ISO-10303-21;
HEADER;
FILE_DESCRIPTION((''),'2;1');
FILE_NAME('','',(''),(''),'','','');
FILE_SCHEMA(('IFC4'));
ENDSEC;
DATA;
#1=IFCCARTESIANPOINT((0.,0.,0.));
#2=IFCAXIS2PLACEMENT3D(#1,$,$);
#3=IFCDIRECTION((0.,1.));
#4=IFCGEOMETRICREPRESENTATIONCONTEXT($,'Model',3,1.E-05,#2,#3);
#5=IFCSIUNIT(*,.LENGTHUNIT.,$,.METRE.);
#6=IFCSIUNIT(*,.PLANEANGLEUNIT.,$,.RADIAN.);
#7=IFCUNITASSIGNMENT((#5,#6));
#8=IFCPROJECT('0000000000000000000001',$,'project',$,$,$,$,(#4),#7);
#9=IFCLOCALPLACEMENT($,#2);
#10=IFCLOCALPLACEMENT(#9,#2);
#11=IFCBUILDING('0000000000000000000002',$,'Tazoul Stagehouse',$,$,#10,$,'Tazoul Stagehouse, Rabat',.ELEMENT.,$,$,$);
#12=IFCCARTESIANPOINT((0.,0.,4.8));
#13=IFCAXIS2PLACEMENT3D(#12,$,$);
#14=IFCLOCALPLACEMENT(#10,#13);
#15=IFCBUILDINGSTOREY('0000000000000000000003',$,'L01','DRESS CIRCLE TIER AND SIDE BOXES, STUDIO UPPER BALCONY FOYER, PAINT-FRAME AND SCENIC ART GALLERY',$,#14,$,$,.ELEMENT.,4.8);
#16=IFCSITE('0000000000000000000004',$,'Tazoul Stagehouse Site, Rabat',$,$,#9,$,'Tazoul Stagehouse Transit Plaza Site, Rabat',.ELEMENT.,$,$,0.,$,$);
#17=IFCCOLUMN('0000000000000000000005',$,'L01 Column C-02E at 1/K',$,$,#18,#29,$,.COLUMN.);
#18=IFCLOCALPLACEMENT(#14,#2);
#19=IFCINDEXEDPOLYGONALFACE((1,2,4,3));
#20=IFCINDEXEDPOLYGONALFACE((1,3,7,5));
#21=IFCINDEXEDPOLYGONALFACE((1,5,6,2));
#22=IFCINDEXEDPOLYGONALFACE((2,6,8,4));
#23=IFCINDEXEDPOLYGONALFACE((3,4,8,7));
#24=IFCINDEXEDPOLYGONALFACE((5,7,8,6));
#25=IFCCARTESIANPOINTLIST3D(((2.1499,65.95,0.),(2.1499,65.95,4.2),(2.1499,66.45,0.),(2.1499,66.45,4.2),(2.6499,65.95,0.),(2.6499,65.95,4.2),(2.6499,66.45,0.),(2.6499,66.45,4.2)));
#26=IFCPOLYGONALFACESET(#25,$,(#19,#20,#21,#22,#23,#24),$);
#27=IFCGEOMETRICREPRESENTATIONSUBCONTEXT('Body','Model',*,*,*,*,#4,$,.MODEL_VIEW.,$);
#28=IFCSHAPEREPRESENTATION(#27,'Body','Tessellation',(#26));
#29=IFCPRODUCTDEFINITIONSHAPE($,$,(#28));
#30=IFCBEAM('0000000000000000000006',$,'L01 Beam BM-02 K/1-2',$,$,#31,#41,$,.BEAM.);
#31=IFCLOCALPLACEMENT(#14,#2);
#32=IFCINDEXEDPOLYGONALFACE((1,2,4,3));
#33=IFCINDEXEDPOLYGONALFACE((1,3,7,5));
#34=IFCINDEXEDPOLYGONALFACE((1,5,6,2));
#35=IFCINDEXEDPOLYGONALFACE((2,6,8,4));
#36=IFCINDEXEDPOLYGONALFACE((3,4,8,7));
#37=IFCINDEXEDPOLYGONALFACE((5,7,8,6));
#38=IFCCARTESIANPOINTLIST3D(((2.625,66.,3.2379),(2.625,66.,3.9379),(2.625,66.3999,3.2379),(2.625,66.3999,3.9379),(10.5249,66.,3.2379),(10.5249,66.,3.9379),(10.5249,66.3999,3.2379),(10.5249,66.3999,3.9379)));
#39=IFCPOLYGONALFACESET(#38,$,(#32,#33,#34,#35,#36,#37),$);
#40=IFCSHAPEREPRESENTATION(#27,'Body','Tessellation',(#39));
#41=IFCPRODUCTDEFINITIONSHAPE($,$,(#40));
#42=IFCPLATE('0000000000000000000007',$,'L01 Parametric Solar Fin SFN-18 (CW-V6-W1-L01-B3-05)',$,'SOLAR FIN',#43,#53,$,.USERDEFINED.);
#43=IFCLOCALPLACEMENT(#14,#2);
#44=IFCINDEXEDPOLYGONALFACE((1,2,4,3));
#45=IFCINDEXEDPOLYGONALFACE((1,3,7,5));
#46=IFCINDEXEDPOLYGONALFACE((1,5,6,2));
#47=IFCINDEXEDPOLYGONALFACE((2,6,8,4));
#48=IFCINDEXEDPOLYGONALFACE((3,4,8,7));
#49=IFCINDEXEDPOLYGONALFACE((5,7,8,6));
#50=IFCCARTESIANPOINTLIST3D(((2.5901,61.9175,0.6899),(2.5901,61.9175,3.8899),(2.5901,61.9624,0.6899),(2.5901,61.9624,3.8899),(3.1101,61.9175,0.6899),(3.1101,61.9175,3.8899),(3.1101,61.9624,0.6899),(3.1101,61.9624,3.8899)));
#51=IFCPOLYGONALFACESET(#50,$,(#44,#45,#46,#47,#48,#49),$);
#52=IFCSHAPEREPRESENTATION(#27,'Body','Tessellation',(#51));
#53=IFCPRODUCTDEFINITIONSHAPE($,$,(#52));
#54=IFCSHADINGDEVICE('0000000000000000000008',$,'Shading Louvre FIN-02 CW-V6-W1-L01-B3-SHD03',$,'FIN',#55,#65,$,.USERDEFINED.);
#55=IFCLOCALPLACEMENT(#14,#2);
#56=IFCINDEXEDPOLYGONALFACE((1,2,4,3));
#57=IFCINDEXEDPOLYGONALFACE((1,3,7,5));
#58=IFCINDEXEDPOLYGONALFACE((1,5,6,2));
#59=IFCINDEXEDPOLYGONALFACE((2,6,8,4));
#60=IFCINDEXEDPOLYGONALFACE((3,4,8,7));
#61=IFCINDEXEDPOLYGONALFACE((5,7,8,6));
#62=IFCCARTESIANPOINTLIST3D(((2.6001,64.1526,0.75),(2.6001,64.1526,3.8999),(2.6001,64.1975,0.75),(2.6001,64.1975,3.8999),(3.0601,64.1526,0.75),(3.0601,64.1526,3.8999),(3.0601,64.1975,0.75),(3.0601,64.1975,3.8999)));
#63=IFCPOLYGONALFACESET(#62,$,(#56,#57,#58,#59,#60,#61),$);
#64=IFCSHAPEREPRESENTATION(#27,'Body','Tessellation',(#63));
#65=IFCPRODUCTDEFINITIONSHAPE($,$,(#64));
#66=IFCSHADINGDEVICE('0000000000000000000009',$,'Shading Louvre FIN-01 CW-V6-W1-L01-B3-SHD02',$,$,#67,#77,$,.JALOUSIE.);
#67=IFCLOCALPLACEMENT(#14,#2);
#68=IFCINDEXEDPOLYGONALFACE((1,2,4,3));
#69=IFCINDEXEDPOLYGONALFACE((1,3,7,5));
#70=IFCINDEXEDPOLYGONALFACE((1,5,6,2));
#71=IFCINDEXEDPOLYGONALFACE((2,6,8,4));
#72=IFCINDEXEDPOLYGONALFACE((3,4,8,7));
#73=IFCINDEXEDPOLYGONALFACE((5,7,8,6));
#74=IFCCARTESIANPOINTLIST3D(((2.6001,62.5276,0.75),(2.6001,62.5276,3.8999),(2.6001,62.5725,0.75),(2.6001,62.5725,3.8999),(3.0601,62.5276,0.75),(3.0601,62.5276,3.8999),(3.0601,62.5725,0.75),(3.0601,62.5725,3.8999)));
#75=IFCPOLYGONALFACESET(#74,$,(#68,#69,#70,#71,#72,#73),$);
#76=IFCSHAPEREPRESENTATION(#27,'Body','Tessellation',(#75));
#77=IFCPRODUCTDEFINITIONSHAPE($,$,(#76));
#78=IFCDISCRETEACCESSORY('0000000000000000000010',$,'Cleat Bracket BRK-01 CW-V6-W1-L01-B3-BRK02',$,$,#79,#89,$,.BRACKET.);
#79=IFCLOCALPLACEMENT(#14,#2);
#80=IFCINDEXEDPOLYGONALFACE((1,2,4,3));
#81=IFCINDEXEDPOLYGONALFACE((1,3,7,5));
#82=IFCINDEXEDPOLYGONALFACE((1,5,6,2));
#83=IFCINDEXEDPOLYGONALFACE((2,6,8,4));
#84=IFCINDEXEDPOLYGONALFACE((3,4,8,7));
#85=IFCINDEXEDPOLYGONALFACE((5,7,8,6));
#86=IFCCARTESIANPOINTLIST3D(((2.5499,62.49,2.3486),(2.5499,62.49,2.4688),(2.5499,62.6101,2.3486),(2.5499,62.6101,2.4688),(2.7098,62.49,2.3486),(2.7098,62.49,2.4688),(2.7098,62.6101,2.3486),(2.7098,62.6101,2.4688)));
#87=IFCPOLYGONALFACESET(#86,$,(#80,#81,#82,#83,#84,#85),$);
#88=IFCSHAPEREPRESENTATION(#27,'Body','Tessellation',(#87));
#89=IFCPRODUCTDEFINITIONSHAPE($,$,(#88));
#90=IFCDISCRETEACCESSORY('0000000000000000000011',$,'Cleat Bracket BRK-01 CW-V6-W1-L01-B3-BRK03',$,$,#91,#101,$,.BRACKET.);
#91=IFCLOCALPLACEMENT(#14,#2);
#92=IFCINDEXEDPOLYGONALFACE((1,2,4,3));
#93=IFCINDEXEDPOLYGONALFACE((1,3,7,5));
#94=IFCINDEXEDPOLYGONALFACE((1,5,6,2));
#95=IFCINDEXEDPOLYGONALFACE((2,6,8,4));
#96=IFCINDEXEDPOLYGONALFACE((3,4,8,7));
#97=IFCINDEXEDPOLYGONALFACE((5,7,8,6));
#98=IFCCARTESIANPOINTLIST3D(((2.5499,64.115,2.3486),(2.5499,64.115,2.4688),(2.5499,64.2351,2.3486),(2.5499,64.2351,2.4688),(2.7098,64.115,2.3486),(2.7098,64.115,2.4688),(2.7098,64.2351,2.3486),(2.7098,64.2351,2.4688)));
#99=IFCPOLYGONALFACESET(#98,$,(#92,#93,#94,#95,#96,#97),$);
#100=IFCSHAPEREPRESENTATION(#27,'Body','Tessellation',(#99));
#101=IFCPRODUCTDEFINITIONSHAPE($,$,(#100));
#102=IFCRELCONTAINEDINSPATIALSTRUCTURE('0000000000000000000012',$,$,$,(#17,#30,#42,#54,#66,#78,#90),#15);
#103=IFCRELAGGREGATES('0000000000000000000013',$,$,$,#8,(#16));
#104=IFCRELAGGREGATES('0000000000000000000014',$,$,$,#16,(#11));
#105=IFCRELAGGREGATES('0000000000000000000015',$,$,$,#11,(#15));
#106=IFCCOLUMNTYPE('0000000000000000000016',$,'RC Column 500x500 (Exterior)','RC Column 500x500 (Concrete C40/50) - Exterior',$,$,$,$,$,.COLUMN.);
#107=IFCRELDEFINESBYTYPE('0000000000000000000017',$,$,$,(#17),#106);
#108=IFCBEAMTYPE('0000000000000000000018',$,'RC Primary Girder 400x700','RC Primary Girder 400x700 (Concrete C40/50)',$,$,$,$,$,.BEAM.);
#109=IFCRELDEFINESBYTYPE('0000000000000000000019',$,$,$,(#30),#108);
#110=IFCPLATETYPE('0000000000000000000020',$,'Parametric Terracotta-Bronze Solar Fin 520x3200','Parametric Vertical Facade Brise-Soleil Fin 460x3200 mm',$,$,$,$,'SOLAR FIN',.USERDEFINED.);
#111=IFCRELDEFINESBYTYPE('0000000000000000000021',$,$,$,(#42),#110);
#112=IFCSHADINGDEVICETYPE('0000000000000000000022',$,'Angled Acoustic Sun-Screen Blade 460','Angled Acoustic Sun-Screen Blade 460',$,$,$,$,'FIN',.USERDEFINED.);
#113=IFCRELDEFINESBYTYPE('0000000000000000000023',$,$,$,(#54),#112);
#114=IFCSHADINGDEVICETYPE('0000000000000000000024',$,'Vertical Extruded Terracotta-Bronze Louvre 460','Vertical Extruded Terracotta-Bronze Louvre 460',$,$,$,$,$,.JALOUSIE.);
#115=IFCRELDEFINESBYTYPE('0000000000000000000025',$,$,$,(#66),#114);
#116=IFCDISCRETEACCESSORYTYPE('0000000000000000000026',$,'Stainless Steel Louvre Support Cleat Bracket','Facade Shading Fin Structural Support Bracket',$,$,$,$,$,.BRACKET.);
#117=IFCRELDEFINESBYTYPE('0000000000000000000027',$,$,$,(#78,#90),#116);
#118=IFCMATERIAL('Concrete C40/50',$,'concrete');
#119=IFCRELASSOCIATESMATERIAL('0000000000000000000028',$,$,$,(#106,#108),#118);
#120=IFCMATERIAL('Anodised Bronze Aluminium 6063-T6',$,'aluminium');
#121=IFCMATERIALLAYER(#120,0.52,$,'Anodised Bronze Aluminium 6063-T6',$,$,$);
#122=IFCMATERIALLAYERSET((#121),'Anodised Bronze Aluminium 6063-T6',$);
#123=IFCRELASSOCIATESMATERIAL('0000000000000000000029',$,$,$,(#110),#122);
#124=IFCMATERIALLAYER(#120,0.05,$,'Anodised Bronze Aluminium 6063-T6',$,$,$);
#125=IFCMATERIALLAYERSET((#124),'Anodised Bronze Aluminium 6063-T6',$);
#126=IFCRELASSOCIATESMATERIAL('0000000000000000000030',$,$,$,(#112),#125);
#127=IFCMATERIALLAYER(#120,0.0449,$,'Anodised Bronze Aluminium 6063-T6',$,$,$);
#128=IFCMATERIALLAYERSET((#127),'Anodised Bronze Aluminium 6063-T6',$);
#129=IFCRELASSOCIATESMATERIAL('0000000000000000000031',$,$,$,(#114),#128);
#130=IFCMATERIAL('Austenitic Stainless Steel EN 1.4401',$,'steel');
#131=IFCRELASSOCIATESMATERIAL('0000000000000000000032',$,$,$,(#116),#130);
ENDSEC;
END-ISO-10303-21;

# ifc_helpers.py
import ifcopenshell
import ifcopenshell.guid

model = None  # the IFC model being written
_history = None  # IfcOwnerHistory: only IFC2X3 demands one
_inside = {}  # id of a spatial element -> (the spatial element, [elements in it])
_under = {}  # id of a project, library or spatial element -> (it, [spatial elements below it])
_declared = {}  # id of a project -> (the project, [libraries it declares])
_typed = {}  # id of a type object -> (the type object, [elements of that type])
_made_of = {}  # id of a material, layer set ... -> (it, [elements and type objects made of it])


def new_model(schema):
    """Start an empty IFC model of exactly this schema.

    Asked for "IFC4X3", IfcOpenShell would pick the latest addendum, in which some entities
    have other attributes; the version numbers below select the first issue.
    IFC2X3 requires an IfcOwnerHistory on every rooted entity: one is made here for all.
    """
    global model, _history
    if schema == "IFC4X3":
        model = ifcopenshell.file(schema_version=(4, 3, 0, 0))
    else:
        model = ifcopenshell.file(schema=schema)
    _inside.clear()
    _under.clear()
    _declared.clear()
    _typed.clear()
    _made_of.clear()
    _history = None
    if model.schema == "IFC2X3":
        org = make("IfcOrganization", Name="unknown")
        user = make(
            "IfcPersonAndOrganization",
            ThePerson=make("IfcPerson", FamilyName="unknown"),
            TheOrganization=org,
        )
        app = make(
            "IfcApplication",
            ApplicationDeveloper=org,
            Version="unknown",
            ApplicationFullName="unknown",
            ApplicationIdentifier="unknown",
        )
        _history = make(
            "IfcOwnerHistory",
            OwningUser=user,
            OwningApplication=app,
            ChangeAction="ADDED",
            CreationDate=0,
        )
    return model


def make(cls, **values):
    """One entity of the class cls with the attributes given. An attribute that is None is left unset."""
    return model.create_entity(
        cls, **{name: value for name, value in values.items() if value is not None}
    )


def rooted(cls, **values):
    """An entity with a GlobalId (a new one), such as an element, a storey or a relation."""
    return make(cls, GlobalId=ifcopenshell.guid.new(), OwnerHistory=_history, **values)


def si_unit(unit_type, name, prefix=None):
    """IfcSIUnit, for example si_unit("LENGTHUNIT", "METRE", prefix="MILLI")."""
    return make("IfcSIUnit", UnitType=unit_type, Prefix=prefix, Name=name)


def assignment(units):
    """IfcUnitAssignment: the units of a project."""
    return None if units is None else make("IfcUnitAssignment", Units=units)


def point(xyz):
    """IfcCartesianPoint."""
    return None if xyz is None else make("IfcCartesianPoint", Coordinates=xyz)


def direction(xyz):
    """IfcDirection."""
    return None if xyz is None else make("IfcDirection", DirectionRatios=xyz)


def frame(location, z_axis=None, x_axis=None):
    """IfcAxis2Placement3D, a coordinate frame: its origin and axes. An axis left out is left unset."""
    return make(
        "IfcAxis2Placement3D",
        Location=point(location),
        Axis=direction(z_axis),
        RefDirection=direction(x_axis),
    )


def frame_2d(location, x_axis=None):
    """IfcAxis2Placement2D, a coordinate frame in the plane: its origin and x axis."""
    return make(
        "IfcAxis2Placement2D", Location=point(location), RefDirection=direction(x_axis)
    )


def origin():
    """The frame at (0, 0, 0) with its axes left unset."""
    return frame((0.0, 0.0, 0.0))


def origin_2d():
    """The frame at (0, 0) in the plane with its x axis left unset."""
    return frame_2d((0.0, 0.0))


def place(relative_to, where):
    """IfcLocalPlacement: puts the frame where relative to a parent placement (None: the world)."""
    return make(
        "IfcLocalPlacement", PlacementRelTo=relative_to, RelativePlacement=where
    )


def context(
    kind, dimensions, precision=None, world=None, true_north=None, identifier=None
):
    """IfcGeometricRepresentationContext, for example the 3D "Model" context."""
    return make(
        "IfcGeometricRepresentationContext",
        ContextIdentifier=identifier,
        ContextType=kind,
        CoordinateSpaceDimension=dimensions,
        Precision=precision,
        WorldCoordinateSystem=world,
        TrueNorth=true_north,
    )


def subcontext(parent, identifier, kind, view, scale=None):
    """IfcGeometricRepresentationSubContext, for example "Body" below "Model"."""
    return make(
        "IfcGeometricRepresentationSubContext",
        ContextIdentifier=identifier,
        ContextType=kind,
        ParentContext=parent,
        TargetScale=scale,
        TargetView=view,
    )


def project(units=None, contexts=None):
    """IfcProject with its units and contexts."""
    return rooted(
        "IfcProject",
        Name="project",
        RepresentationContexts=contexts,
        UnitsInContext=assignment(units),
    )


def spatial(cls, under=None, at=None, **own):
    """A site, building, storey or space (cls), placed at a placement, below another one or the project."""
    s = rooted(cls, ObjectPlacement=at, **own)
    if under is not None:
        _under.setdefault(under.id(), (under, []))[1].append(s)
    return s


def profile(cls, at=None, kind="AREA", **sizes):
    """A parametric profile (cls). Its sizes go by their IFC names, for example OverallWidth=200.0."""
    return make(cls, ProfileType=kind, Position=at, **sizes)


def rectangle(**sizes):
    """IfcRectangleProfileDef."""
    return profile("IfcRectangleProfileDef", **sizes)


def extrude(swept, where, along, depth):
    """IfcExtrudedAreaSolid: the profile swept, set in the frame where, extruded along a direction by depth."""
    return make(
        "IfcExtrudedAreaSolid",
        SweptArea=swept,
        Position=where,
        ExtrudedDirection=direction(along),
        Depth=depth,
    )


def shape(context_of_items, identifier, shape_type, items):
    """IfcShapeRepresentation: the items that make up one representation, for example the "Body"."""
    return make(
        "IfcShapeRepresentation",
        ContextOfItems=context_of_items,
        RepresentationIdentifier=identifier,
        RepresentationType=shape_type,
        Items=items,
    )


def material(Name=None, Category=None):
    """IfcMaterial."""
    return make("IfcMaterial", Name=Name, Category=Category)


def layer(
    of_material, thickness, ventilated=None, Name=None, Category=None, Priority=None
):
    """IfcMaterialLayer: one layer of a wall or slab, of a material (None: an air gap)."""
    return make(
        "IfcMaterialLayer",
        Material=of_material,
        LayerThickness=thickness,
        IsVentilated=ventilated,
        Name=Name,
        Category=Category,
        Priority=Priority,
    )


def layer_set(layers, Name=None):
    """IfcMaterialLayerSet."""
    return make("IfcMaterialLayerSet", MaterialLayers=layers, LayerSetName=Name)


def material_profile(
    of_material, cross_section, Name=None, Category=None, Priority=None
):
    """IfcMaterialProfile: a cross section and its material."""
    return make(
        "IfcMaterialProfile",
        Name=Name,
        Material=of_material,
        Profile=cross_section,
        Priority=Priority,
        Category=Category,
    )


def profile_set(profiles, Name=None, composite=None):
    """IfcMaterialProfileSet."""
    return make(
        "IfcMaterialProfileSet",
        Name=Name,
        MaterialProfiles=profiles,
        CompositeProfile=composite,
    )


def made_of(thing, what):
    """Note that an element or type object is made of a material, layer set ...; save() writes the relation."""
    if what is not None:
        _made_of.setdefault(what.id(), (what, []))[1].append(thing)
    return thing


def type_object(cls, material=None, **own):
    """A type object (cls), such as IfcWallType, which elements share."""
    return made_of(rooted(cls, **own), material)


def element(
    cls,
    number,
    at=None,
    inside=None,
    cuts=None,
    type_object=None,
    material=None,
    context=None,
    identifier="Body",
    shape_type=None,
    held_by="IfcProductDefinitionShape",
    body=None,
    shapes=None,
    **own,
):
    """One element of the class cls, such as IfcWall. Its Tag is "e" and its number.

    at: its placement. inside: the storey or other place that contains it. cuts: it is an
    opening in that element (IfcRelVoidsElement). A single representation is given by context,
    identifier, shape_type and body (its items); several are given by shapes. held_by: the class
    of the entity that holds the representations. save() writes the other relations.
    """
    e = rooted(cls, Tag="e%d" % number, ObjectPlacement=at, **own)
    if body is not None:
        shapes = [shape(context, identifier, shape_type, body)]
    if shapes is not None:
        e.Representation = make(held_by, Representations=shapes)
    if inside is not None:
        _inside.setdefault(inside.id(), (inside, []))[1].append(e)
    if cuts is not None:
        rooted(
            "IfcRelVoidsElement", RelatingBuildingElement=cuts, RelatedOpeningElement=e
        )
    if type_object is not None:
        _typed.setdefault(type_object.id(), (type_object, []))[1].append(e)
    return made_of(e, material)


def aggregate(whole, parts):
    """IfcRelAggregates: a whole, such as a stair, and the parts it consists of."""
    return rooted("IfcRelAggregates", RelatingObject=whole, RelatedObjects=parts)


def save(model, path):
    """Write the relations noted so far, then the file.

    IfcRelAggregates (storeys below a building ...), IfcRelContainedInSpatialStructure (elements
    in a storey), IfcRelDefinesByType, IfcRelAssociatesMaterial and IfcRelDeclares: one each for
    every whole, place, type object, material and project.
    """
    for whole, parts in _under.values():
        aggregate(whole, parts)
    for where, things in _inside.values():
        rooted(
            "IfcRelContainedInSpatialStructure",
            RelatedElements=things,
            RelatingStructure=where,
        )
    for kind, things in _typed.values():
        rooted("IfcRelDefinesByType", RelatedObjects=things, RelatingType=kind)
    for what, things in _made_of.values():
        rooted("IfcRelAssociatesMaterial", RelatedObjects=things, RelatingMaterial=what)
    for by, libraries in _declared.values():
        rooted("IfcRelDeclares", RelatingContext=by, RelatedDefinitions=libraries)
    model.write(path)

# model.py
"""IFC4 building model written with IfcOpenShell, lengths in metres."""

from ifc_helpers import new_model, si_unit, direction, frame, origin, origin_2d, place, context, subcontext, project, spatial, rectangle, extrude, material, layer, layer_set, material_profile, profile_set, type_object, element, save


model = new_model("IFC4")

# Units and contexts
model_context = context("Model", 3, precision=1e-05, world=origin(), true_north=direction((0.0, 1.0)))
body_context = subcontext(model_context, "Body", "Model", "MODEL_VIEW")
ifc_project = project(units=[si_unit("LENGTHUNIT", "METRE"), si_unit("PLANEANGLEUNIT", "RADIAN")], contexts=[model_context])

# Site, building, storey
site_placement = place(None, origin())
site = spatial("IfcSite", under=ifc_project, at=site_placement, Name="Tazoul Stagehouse Site, Rabat", LongName="Tazoul Stagehouse Transit Plaza Site, Rabat", CompositionType="ELEMENT", RefElevation=0.0)
building_placement = place(site_placement, origin())
building = spatial("IfcBuilding", under=site, at=building_placement, Name="Tazoul Stagehouse", LongName="Tazoul Stagehouse, Rabat", CompositionType="ELEMENT")
storey_placement = place(building_placement, frame((0.0, 0.0, 4.8)))
storey = spatial("IfcBuildingStorey", under=building, at=storey_placement, Name="L01", Description="DRESS CIRCLE TIER AND SIDE BOXES, STUDIO UPPER BALCONY FOYER, PAINT-FRAME AND SCENIC ART GALLERY", CompositionType="ELEMENT", Elevation=4.8)

# Column
ifc_material_1 = material(Name="Concrete C40/50", Category="concrete")
ifc_material_profile_1 = material_profile(ifc_material_1, rectangle(XDim=0.5, YDim=0.5, at=origin_2d()), Name="RC 500x500")
ifc_profile_set_1 = profile_set([ifc_material_profile_1], Name="Concrete C40/50")
column_type = type_object("IfcColumnType", Name="RC Column 500x500 (Exterior)", Description="RC Column 500x500 (Concrete C40/50) - Exterior", PredefinedType="COLUMN", material=ifc_profile_set_1)
column_placement = place(storey_placement, frame((2.3999, 66.2, 0.0), z_axis=(0.0, 0.0, 1.0), x_axis=(1.0, 0.0, 0.0)))
element("IfcColumn", 1, at=column_placement, inside=storey, type_object=column_type, Name="L01 Column C-02E at 1/K", PredefinedType="COLUMN", context=body_context, shape_type="SweptSolid", body=[
    extrude(rectangle(XDim=0.5, YDim=0.5, at=origin_2d()), origin(), (0.0, 0.0, 1.0), 4.2),
])

# Beam
ifc_material_profile_2 = material_profile(ifc_material_1, rectangle(XDim=0.3999, YDim=0.7, at=origin_2d()), Name="RC 400x700")
ifc_profile_set_2 = profile_set([ifc_material_profile_2], Name="Concrete C40/50")
beam_type = type_object("IfcBeamType", Name="RC Primary Girder 400x700", Description="RC Primary Girder 400x700 (Concrete C40/50)", PredefinedType="BEAM", material=ifc_profile_set_2)
beam_placement = place(storey_placement, frame((2.625, 66.2, 3.5879), z_axis=(1.0, 0.0, 0.0), x_axis=(0.0, 1.0, 0.0)))
element("IfcBeam", 2, at=beam_placement, inside=storey, type_object=beam_type, Name="L01 Beam BM-02 K/1-2", PredefinedType="BEAM", context=body_context, shape_type="SweptSolid", body=[
    extrude(rectangle(XDim=0.3999, YDim=0.7, at=origin_2d()), origin(), (0.0, 0.0, 1.0), 7.8999),
])

# Plate
ifc_material_2 = material(Name="Anodised Bronze Aluminium 6063-T6", Category="aluminium")
ifc_layer_1 = layer(ifc_material_2, 0.52, Name="Anodised Bronze Aluminium 6063-T6")
ifc_layer_set_1 = layer_set([ifc_layer_1], Name="Anodised Bronze Aluminium 6063-T6")
plate_type = type_object("IfcPlateType", Name="Parametric Terracotta-Bronze Solar Fin 520x3200", Description="Parametric Vertical Facade Brise-Soleil Fin 460x3200 mm", ElementType="SOLAR FIN", PredefinedType="USERDEFINED", material=ifc_layer_set_1)
plate_placement = place(storey_placement, frame((2.8501, 61.9399, 0.6899), z_axis=(0.0, 0.0, 1.0), x_axis=(0.0, 1.0, 0.0)))
element("IfcPlate", 3, at=plate_placement, inside=storey, type_object=plate_type, Name="L01 Parametric Solar Fin SFN-18 (CW-V6-W1-L01-B3-05)", ObjectType="SOLAR FIN", PredefinedType="USERDEFINED", context=body_context, shape_type="SweptSolid", body=[
    extrude(rectangle(XDim=0.0449, YDim=0.52, at=origin_2d()), origin(), (0.0, 0.0, 1.0), 3.2),
])

# Shading devices
ifc_layer_2 = layer(ifc_material_2, 0.05, Name="Anodised Bronze Aluminium 6063-T6")
ifc_layer_set_2 = layer_set([ifc_layer_2], Name="Anodised Bronze Aluminium 6063-T6")
shading_device_type_1 = type_object("IfcShadingDeviceType", Name="Angled Acoustic Sun-Screen Blade 460", Description="Angled Acoustic Sun-Screen Blade 460", ElementType="FIN", PredefinedType="USERDEFINED", material=ifc_layer_set_2)
shading_device_1_placement = place(storey_placement, frame((2.8301, 64.175, 0.75), z_axis=(0.0, 0.0, 1.0), x_axis=(0.0, 1.0, 0.0)))
element("IfcShadingDevice", 4, at=shading_device_1_placement, inside=storey, type_object=shading_device_type_1, Name="Shading Louvre FIN-02 CW-V6-W1-L01-B3-SHD03", ObjectType="FIN", PredefinedType="USERDEFINED", context=body_context, shape_type="SweptSolid", body=[
    extrude(rectangle(XDim=0.0449, YDim=0.46, at=origin_2d()), origin(), (0.0, 0.0, 1.0), 3.1499),
])
ifc_layer_3 = layer(ifc_material_2, 0.0449, Name="Anodised Bronze Aluminium 6063-T6")
ifc_layer_set_3 = layer_set([ifc_layer_3], Name="Anodised Bronze Aluminium 6063-T6")
shading_device_type_2 = type_object("IfcShadingDeviceType", Name="Vertical Extruded Terracotta-Bronze Louvre 460", Description="Vertical Extruded Terracotta-Bronze Louvre 460", PredefinedType="JALOUSIE", material=ifc_layer_set_3)
shading_device_2_placement = place(storey_placement, frame((2.8301, 62.55, 0.75), z_axis=(0.0, 0.0, 1.0), x_axis=(0.0, 1.0, 0.0)))
element("IfcShadingDevice", 5, at=shading_device_2_placement, inside=storey, type_object=shading_device_type_2, Name="Shading Louvre FIN-01 CW-V6-W1-L01-B3-SHD02", PredefinedType="JALOUSIE", context=body_context, shape_type="SweptSolid", body=[
    extrude(rectangle(XDim=0.0449, YDim=0.46, at=origin_2d()), origin(), (0.0, 0.0, 1.0), 3.1499),
])

# Discrete accessories
ifc_material_3 = material(Name="Austenitic Stainless Steel EN 1.4401", Category="steel")
discrete_accessory_type = type_object("IfcDiscreteAccessoryType", Name="Stainless Steel Louvre Support Cleat Bracket", Description="Facade Shading Fin Structural Support Bracket", PredefinedType="BRACKET", material=ifc_material_3)
for number, where, z_axis, x_axis, name in (
    (6, (2.6299, 62.55, 2.3486), (0.0, 0.0, 1.0), (0.0, 1.0, 0.0), "Cleat Bracket BRK-01 CW-V6-W1-L01-B3-BRK02"),
    (7, (2.6299, 64.175, 2.3486), (0.0, 0.0, 1.0), (0.0, 1.0, 0.0), "Cleat Bracket BRK-01 CW-V6-W1-L01-B3-BRK03"),
):
    element("IfcDiscreteAccessory", number, at=place(storey_placement, frame(where, z_axis=z_axis, x_axis=x_axis)), inside=storey, type_object=discrete_accessory_type, Name=name, PredefinedType="BRACKET", context=body_context, shape_type="SweptSolid", body=[
        extrude(rectangle(XDim=0.1201, YDim=0.1599, at=origin_2d()), origin(), (0.0, 0.0, 1.0), 0.1201),
    ])

save(model, "model.ifc")
